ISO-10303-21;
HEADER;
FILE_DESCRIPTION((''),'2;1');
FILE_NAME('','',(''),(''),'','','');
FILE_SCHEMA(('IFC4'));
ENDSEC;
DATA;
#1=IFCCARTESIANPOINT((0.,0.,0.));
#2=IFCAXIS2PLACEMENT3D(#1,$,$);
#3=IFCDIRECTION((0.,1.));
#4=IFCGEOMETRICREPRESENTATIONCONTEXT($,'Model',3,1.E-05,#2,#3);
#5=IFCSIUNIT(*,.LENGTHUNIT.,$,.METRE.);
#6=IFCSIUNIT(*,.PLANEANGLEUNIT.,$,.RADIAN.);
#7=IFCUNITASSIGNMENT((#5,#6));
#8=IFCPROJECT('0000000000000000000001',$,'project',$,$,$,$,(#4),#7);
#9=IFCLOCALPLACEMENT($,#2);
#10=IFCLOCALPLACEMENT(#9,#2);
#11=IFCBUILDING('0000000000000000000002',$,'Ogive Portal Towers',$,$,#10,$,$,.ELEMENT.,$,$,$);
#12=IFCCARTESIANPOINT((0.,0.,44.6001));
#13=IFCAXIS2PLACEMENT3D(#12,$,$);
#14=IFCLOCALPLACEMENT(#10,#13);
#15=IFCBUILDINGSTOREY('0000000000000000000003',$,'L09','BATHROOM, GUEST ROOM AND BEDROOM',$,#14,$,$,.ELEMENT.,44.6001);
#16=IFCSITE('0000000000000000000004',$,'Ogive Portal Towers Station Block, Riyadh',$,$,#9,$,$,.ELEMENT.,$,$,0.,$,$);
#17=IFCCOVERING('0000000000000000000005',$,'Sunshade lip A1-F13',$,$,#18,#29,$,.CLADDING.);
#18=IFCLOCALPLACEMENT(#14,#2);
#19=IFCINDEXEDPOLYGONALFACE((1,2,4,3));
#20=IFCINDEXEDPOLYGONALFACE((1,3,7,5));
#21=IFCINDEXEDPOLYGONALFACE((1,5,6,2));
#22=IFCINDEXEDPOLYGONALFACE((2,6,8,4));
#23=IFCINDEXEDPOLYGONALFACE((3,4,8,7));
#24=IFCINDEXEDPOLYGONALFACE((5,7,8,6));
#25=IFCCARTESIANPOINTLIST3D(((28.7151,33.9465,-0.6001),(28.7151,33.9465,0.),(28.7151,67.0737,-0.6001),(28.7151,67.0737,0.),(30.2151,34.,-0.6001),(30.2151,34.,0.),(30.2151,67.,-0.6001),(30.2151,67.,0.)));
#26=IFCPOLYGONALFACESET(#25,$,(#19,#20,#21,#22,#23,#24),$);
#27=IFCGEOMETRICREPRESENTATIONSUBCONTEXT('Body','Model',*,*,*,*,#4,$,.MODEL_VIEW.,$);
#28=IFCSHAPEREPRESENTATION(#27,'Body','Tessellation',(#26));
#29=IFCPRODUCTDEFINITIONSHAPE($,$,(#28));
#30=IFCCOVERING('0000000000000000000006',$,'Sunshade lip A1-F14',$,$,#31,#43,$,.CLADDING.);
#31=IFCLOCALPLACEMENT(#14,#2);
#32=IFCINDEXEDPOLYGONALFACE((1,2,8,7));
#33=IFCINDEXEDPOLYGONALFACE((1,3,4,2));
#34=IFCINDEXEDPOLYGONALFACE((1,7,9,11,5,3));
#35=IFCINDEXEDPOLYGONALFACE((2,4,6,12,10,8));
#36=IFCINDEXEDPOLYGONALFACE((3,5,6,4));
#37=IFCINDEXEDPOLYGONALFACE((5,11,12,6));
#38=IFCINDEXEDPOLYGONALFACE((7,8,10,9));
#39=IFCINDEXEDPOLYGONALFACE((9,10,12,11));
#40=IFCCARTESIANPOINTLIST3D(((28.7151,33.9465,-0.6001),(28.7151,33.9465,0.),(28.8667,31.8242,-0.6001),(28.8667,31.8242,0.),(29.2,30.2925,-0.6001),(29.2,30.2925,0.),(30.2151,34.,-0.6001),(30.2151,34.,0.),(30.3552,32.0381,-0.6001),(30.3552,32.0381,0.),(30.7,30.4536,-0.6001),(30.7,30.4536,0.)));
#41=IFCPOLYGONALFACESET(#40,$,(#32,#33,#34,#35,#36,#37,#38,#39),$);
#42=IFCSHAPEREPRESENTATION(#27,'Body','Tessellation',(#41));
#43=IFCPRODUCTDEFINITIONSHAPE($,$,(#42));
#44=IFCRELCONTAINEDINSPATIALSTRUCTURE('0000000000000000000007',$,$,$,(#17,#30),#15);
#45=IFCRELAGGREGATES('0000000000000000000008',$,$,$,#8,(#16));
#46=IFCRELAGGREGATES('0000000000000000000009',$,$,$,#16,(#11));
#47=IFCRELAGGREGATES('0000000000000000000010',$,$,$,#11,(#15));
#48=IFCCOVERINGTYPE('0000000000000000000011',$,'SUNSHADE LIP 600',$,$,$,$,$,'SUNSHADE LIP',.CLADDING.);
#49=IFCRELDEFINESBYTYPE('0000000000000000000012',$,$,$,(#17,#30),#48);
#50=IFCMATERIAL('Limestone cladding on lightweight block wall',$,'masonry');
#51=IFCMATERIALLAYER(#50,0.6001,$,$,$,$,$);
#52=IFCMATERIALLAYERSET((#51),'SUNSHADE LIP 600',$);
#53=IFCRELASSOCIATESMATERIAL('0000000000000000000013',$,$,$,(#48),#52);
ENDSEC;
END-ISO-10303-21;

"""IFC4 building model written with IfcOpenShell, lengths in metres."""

from ifc_helpers import new_model, si_unit, direction, frame, origin, place, context, subcontext, project, spatial, polyline, outline, extrude, material, layer, layer_set, type_object, element, save


model = new_model("IFC4")

# Units and contexts
model_context = context("Model", 3, precision=1e-05, world=origin(), true_north=direction((0.0, 1.0)))
body_context = subcontext(model_context, "Body", "Model", "MODEL_VIEW")
ifc_project = project(units=[si_unit("LENGTHUNIT", "METRE"), si_unit("PLANEANGLEUNIT", "RADIAN")], contexts=[model_context])

# Site, building, storey
site_placement = place(None, origin())
site = spatial("IfcSite", under=ifc_project, at=site_placement, Name="Ogive Portal Towers Station Block, Riyadh", CompositionType="ELEMENT", RefElevation=0.0)
building_placement = place(site_placement, origin())
building = spatial("IfcBuilding", under=site, at=building_placement, Name="Ogive Portal Towers", CompositionType="ELEMENT")
storey_placement = place(building_placement, frame((0.0, 0.0, 44.6001)))
storey = spatial("IfcBuildingStorey", under=building, at=storey_placement, Name="L09", Description="BATHROOM, GUEST ROOM AND BEDROOM", CompositionType="ELEMENT", Elevation=44.6001)

# Coverings
ifc_material_1 = material(Name="Limestone cladding on lightweight block wall", Category="masonry")
ifc_layer_1 = layer(ifc_material_1, 0.6001)
ifc_layer_set_1 = layer_set([ifc_layer_1], Name="SUNSHADE LIP 600")
covering_type_1 = type_object("IfcCoveringType", Name="SUNSHADE LIP 600", ElementType="SUNSHADE LIP", PredefinedType="CLADDING", material=ifc_layer_set_1)
covering_1_placement = place(storey_placement, frame((0.0, 0.0, -0.6001)))
element("IfcCovering", 1, at=covering_1_placement, inside=storey, type_object=covering_type_1, Name="Sunshade lip A1-F13", PredefinedType="CLADDING", context=body_context, shape_type="SweptSolid", body=[
    extrude(outline(polyline([(30.2151, 67.0), (30.2151, 34.0), (28.7151, 33.9465), (28.7151, 67.0737), (30.2151, 67.0)])), origin(), (0.0, 0.0, 1.0), 0.6001),
])
covering_2_placement = place(storey_placement, frame((0.0, 0.0, -0.6001)))
element("IfcCovering", 2, at=covering_2_placement, inside=storey, type_object=covering_type_1, Name="Sunshade lip A1-F14", PredefinedType="CLADDING", context=body_context, shape_type="SweptSolid", body=[
    extrude(outline(polyline([(30.2151, 34.0), (30.3552, 32.0381), (30.7, 30.4536), (29.2, 30.2925), (28.8667, 31.8242), (28.7151, 33.9465), (30.2151, 34.0)])), origin(), (0.0, 0.0, 1.0), 0.6001),
])

save(model, "model.ifc")
